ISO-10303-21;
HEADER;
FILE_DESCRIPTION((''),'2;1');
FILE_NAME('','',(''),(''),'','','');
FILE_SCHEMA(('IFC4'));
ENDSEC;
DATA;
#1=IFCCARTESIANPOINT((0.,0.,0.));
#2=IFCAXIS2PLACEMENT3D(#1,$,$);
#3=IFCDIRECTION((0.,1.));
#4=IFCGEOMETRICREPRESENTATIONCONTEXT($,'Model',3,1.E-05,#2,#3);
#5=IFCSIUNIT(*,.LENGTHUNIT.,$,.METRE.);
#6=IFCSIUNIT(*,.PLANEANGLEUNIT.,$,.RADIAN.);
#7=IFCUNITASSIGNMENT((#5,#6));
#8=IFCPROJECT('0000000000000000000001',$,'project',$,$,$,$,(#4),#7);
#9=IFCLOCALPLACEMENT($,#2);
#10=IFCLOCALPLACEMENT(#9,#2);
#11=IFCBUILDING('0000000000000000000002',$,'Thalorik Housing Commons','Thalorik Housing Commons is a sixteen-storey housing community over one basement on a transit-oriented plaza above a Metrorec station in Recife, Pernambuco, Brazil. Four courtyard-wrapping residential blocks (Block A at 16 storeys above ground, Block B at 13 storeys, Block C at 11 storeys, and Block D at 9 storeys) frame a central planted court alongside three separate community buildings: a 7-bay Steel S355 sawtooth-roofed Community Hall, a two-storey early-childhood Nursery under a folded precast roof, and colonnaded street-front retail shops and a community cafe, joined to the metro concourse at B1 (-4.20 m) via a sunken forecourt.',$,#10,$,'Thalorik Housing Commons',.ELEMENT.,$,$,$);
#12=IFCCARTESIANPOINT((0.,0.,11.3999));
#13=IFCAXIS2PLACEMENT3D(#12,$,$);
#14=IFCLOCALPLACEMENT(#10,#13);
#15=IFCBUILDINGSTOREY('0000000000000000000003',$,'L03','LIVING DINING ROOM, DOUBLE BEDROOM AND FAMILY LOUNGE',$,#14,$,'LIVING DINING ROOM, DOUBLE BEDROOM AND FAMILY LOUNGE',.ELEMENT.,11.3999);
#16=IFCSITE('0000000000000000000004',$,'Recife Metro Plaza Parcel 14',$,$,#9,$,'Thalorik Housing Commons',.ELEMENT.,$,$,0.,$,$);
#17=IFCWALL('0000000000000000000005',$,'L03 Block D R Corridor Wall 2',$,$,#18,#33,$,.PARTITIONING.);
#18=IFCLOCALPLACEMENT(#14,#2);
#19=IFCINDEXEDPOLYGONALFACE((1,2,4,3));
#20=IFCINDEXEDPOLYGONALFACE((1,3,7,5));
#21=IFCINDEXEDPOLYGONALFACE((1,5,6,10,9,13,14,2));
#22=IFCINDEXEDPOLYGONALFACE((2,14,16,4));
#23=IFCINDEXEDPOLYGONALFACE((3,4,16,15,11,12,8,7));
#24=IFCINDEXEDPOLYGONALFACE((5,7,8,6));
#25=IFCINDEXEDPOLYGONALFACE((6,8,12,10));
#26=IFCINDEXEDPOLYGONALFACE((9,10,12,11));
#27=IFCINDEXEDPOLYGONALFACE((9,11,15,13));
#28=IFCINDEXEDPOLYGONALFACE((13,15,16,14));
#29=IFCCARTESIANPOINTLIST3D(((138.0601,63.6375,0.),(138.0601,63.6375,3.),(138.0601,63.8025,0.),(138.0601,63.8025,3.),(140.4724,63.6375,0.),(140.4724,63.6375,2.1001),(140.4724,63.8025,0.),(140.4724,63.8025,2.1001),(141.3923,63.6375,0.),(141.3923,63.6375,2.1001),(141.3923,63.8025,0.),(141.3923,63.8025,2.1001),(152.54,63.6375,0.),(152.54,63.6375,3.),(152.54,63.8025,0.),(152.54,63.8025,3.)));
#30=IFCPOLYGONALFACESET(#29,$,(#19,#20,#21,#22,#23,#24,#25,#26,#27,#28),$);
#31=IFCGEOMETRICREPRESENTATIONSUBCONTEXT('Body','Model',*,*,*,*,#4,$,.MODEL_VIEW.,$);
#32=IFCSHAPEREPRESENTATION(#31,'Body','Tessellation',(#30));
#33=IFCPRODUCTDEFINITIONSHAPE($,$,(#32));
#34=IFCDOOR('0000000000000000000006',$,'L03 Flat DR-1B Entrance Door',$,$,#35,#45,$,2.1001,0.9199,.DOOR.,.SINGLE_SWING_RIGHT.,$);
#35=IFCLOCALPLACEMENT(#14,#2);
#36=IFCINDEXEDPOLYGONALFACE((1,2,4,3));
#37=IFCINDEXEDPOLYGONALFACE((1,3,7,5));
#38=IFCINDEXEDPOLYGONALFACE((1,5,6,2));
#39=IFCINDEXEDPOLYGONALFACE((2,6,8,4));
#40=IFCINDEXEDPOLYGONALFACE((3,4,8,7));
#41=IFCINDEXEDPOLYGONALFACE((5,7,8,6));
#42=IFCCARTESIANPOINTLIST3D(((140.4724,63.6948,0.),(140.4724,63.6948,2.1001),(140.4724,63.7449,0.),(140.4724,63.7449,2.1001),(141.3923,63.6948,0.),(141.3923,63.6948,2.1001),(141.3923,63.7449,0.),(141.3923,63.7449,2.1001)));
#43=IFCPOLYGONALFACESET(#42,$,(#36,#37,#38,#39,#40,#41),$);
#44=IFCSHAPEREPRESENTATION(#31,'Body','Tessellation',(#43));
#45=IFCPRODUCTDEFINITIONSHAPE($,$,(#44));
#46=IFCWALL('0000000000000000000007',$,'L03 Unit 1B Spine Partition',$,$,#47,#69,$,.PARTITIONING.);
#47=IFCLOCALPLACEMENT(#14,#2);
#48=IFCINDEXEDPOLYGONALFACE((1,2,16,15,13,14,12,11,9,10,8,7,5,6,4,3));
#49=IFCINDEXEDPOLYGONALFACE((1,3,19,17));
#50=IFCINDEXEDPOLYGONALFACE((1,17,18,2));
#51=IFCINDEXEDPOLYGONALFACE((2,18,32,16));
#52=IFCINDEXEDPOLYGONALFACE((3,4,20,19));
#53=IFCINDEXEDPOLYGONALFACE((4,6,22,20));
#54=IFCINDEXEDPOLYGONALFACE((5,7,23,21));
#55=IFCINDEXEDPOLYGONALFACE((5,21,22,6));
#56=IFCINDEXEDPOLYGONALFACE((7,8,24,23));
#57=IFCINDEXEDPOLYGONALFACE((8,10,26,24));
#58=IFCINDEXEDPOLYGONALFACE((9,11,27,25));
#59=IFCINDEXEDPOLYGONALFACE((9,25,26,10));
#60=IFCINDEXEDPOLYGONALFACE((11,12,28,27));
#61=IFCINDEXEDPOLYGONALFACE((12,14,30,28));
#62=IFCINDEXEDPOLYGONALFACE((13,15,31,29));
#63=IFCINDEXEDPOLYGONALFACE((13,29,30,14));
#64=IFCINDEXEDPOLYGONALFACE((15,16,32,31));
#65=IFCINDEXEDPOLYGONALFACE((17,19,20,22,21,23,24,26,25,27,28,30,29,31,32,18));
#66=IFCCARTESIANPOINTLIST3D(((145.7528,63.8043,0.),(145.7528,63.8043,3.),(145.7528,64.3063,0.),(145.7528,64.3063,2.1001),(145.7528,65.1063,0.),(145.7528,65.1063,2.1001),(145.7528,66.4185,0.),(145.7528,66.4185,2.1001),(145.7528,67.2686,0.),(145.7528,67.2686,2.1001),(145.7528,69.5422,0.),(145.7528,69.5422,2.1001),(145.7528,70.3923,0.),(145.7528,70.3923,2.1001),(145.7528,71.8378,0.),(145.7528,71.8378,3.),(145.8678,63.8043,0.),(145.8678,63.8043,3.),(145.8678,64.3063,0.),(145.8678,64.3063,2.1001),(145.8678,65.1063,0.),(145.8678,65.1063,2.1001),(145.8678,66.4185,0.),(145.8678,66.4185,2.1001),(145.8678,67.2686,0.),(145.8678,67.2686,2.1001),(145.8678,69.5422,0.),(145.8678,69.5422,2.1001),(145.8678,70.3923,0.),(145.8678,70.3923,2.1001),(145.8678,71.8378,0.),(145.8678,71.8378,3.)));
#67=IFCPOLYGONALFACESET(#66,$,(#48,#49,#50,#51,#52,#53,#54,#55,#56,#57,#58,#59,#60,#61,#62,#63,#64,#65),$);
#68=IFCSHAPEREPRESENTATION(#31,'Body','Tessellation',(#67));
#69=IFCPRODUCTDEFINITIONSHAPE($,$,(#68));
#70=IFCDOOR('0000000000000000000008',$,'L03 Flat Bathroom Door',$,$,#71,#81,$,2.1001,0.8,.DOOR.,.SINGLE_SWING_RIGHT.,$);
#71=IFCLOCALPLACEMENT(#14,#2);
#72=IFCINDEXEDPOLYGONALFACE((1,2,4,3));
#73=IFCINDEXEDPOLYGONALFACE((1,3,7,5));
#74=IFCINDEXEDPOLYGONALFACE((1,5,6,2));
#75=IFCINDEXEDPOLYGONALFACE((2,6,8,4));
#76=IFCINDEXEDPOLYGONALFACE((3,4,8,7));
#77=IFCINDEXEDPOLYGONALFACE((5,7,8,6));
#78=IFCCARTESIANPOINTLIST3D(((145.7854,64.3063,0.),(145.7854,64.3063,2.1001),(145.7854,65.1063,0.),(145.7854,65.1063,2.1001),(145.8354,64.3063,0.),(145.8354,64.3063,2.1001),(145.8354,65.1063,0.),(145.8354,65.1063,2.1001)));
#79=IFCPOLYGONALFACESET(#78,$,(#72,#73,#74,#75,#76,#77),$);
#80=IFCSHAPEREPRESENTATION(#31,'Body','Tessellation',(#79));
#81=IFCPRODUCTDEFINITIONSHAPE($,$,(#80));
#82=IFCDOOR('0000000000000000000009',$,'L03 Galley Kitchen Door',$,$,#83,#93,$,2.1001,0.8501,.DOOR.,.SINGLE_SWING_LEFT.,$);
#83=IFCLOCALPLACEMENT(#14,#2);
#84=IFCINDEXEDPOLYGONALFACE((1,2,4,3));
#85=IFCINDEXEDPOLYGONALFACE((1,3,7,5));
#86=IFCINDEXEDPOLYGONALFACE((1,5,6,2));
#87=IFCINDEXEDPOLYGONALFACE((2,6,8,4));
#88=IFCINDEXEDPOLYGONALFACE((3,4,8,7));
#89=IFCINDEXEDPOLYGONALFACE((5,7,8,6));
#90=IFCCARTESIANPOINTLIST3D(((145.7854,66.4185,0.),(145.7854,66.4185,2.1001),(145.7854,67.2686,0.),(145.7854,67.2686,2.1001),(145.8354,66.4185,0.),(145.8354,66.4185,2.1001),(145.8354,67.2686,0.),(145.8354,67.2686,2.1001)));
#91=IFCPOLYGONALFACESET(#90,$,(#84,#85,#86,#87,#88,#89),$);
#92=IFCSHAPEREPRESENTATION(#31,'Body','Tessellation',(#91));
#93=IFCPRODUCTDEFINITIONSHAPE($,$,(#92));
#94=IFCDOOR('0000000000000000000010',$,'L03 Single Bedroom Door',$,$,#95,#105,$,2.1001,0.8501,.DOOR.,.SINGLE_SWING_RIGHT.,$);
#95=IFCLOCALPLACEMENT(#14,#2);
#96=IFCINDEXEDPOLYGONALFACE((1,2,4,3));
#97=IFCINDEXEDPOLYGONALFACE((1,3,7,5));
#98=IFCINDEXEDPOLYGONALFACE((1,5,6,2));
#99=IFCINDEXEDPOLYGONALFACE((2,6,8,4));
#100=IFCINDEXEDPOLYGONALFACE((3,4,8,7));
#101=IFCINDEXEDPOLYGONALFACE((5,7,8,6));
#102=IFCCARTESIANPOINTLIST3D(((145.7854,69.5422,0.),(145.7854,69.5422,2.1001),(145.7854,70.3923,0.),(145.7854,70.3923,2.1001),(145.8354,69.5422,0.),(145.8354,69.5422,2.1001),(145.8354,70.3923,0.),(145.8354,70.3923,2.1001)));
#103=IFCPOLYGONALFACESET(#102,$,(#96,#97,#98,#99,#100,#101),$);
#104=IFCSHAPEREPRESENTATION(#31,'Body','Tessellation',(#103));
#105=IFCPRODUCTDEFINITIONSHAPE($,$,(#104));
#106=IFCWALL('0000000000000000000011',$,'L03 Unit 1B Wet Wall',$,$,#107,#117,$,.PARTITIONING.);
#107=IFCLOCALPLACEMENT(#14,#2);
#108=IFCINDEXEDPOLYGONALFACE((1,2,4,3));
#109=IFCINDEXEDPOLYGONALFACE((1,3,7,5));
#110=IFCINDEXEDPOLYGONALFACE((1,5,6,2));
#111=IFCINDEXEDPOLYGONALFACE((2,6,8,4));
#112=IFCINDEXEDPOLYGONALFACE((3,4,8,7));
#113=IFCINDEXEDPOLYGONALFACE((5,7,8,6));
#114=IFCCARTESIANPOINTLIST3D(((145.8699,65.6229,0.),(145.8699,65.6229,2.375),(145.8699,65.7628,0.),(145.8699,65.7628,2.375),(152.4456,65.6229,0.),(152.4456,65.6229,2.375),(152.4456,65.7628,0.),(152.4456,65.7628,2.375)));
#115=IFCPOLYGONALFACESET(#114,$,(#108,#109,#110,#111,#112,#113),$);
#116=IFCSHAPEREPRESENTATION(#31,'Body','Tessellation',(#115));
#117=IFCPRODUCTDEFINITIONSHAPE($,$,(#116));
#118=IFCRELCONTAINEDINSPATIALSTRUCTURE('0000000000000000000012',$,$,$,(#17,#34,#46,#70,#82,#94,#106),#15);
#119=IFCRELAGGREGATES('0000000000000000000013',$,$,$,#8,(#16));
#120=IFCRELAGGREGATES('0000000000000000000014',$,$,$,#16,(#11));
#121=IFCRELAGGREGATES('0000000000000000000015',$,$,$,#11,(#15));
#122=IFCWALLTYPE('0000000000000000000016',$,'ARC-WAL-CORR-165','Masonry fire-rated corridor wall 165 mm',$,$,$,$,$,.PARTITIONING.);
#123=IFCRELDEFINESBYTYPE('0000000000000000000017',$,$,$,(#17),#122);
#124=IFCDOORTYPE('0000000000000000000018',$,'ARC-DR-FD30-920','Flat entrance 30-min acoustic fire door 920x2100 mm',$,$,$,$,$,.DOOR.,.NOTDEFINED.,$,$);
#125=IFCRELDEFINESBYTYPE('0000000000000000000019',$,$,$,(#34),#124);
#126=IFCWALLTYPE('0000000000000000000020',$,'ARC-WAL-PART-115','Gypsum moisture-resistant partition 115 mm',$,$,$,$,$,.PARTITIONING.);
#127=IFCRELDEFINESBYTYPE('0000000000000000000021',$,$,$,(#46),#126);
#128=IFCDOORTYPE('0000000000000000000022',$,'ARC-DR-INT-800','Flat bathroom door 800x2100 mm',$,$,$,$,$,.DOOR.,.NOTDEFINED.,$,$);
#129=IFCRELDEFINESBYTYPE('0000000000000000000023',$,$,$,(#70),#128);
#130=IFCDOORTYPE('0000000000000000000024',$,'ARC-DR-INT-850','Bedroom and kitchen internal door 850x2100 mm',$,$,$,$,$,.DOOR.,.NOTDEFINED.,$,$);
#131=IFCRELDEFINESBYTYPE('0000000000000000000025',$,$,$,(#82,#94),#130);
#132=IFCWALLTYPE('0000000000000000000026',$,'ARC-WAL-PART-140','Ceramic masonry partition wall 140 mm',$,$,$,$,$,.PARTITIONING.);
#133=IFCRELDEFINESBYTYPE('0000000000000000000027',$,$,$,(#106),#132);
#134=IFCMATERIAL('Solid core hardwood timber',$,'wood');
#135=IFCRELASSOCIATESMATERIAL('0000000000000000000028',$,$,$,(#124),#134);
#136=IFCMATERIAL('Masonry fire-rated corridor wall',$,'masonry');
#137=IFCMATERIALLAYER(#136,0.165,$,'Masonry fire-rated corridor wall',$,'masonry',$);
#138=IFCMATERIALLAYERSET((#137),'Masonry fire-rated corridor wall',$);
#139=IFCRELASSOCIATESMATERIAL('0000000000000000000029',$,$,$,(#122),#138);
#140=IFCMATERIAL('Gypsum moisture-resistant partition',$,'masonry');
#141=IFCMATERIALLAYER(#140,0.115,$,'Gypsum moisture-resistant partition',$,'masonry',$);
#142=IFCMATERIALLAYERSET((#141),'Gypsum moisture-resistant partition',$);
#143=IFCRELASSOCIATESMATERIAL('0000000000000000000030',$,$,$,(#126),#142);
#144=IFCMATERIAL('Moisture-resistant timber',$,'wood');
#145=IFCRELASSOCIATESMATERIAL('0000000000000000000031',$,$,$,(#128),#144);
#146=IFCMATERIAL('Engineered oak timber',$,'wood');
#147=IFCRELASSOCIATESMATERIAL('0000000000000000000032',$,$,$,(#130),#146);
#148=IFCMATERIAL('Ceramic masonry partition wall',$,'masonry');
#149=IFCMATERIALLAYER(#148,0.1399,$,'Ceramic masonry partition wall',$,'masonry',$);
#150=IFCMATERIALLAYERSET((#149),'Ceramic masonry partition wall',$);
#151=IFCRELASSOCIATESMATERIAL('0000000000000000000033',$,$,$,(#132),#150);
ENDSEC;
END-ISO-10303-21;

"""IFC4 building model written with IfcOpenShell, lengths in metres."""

from ifc_helpers import new_model, si_unit, direction, frame, frame_2d, origin, place, context, subcontext, project, spatial, rectangle, extrude, material, layer, layer_set, type_object, element, fill, save


model = new_model("IFC4")

# Units and contexts
model_context = context("Model", 3, precision=1e-05, world=origin(), true_north=direction((0.0, 1.0)))
body_context = subcontext(model_context, "Body", "Model", "MODEL_VIEW")
ifc_project = project(units=[si_unit("LENGTHUNIT", "METRE"), si_unit("PLANEANGLEUNIT", "RADIAN")], contexts=[model_context])

# Site, building, storey
site_placement = place(None, origin())
site = spatial("IfcSite", under=ifc_project, at=site_placement, Name="Recife Metro Plaza Parcel 14", LongName="Thalorik Housing Commons", CompositionType="ELEMENT", RefElevation=0.0)
building_placement = place(site_placement, origin())
building = spatial("IfcBuilding", under=site, at=building_placement, Name="Thalorik Housing Commons", Description="Thalorik Housing Commons is a sixteen-storey housing community over one basement on a transit-oriented plaza above a Metrorec station in Recife, Pernambuco, Brazil. Four courtyard-wrapping residential blocks (Block A at 16 storeys above ground, Block B at 13 storeys, Block C at 11 storeys, and Block D at 9 storeys) frame a central planted court alongside three separate community buildings: a 7-bay Steel S355 sawtooth-roofed Community Hall, a two-storey early-childhood Nursery under a folded precast roof, and colonnaded street-front retail shops and a community cafe, joined to the metro concourse at B1 (-4.20 m) via a sunken forecourt.", LongName="Thalorik Housing Commons", CompositionType="ELEMENT")
storey_placement = place(building_placement, frame((0.0, 0.0, 11.3999)))
storey = spatial("IfcBuildingStorey", under=building, at=storey_placement, Name="L03", Description="LIVING DINING ROOM, DOUBLE BEDROOM AND FAMILY LOUNGE", LongName="LIVING DINING ROOM, DOUBLE BEDROOM AND FAMILY LOUNGE", CompositionType="ELEMENT", Elevation=11.3999)

# Wall, opening, door
ifc_material_1 = material(Name="Masonry fire-rated corridor wall", Category="masonry")
ifc_material_2 = material(Name="Solid core hardwood timber", Category="wood")
door_type_1 = type_object("IfcDoorType", Name="ARC-DR-FD30-920", Description="Flat entrance 30-min acoustic fire door 920x2100 mm", OperationType="NOTDEFINED", PredefinedType="DOOR", material=ifc_material_2)
ifc_layer_1 = layer(ifc_material_1, 0.165, Name="Masonry fire-rated corridor wall", Category="masonry")
ifc_layer_set_1 = layer_set([ifc_layer_1], Name="Masonry fire-rated corridor wall")
wall_type_1 = type_object("IfcWallType", Name="ARC-WAL-CORR-165", Description="Masonry fire-rated corridor wall 165 mm", PredefinedType="PARTITIONING", material=ifc_layer_set_1)
wall_1_placement = place(storey_placement, frame((138.0601, 63.72, 0.0), z_axis=(0.0, 0.0, 1.0), x_axis=(1.0, 0.0, 0.0)))
wall_1 = element("IfcWall", 1, at=wall_1_placement, inside=storey, type_object=wall_type_1, Name="L03 Block D R Corridor Wall 2", PredefinedType="PARTITIONING", context=body_context, shape_type="SweptSolid", body=[
    extrude(rectangle(XDim=14.48, YDim=0.165, at=frame_2d((7.24, 0.0))), origin(), (0.0, 0.0, 1.0), 3.0),
])
opening_1_placement = place(wall_1_placement, frame((2.4124, 0.0, 0.0)))
opening_1 = element("IfcOpeningElement", 2, at=opening_1_placement, cuts=wall_1, PredefinedType="OPENING", context=body_context, shape_type="SweptSolid", body=[
    extrude(rectangle(XDim=0.9199, YDim=2.1001, at=frame_2d((0.46, 1.05))), frame((0.0, 0.0925, 0.0), z_axis=(0.0, -1.0, 0.0), x_axis=(1.0, 0.0, 0.0)), (0.0, 0.0, 1.0), 0.1851),
])
door_1_placement = place(opening_1_placement, origin())
door_1 = element("IfcDoor", 3, at=door_1_placement, inside=storey, type_object=door_type_1, Name="L03 Flat DR-1B Entrance Door", OperationType="SINGLE_SWING_RIGHT", OverallHeight=2.1001, OverallWidth=0.9199, PredefinedType="DOOR", context=body_context, shape_type="SweptSolid", body=[
    extrude(rectangle(XDim=0.9199, YDim=2.1001, at=frame_2d((0.46, 1.05))), frame((0.0, 0.0249, 0.0), z_axis=(0.0, -1.0, 0.0), x_axis=(1.0, 0.0, 0.0)), (0.0, 0.0, 1.0), 0.05),
])
fill(opening_1, door_1)

# Wall, openings, doors
ifc_material_3 = material(Name="Gypsum moisture-resistant partition", Category="masonry")
ifc_layer_2 = layer(ifc_material_3, 0.115, Name="Gypsum moisture-resistant partition", Category="masonry")
ifc_layer_set_2 = layer_set([ifc_layer_2], Name="Gypsum moisture-resistant partition")
wall_type_2 = type_object("IfcWallType", Name="ARC-WAL-PART-115", Description="Gypsum moisture-resistant partition 115 mm", PredefinedType="PARTITIONING", material=ifc_layer_set_2)
wall_2_placement = place(storey_placement, frame((145.8103, 63.8044, 0.0), z_axis=(0.0, 0.0, 1.0), x_axis=(0.0, 1.0, 0.0)))
wall_2 = element("IfcWall", 4, at=wall_2_placement, inside=storey, type_object=wall_type_2, Name="L03 Unit 1B Spine Partition", PredefinedType="PARTITIONING", context=body_context, shape_type="SweptSolid", body=[
    extrude(rectangle(XDim=8.0334, YDim=0.115, at=frame_2d((4.0166, 0.0))), origin(), (0.0, 0.0, 1.0), 3.0),
])
opening_2_placement = place(wall_2_placement, frame((0.502, 0.0, 0.0)))
opening_2 = element("IfcOpeningElement", 5, at=opening_2_placement, cuts=wall_2, PredefinedType="OPENING", context=body_context, shape_type="SweptSolid", body=[
    extrude(rectangle(XDim=0.8, YDim=2.1001, at=frame_2d((0.3999, 1.05))), frame((0.0, 0.0674, 0.0), z_axis=(0.0, -1.0, 0.0), x_axis=(1.0, 0.0, 0.0)), (0.0, 0.0, 1.0), 0.135),
])
opening_3_placement = place(wall_2_placement, frame((2.614, 0.0, 0.0)))
opening_3 = element("IfcOpeningElement", 6, at=opening_3_placement, cuts=wall_2, PredefinedType="OPENING", context=body_context, shape_type="SweptSolid", body=[
    extrude(rectangle(XDim=0.8501, YDim=2.1001, at=frame_2d((0.425, 1.05))), frame((0.0, 0.0674, 0.0), z_axis=(0.0, -1.0, 0.0), x_axis=(1.0, 0.0, 0.0)), (0.0, 0.0, 1.0), 0.135),
])
opening_4_placement = place(wall_2_placement, frame((5.7378, 0.0, 0.0)))
opening_4 = element("IfcOpeningElement", 7, at=opening_4_placement, cuts=wall_2, PredefinedType="OPENING", context=body_context, shape_type="SweptSolid", body=[
    extrude(rectangle(XDim=0.8501, YDim=2.1001, at=frame_2d((0.425, 1.05))), frame((0.0, 0.0674, 0.0), z_axis=(0.0, -1.0, 0.0), x_axis=(1.0, 0.0, 0.0)), (0.0, 0.0, 1.0), 0.135),
])
ifc_material_4 = material(Name="Moisture-resistant timber", Category="wood")
door_type_2 = type_object("IfcDoorType", Name="ARC-DR-INT-800", Description="Flat bathroom door 800x2100 mm", OperationType="NOTDEFINED", PredefinedType="DOOR", material=ifc_material_4)
door_2_placement = place(opening_2_placement, origin())
door_2 = element("IfcDoor", 8, at=door_2_placement, inside=storey, type_object=door_type_2, Name="L03 Flat Bathroom Door", OperationType="SINGLE_SWING_RIGHT", OverallHeight=2.1001, OverallWidth=0.8, PredefinedType="DOOR", context=body_context, shape_type="SweptSolid", body=[
    extrude(rectangle(XDim=0.8, YDim=2.1001, at=frame_2d((0.3999, 1.05))), frame((0.0, 0.0249, 0.0), z_axis=(0.0, -1.0, 0.0), x_axis=(1.0, 0.0, 0.0)), (0.0, 0.0, 1.0), 0.05),
])
fill(opening_2, door_2)
ifc_material_5 = material(Name="Engineered oak timber", Category="wood")
door_type_3 = type_object("IfcDoorType", Name="ARC-DR-INT-850", Description="Bedroom and kitchen internal door 850x2100 mm", OperationType="NOTDEFINED", PredefinedType="DOOR", material=ifc_material_5)
door_3_placement = place(opening_3_placement, origin())
door_3 = element("IfcDoor", 9, at=door_3_placement, inside=storey, type_object=door_type_3, Name="L03 Galley Kitchen Door", OperationType="SINGLE_SWING_LEFT", OverallHeight=2.1001, OverallWidth=0.8501, PredefinedType="DOOR", context=body_context, shape_type="SweptSolid", body=[
    extrude(rectangle(XDim=0.8501, YDim=2.1001, at=frame_2d((0.425, 1.05))), frame((0.0, 0.0249, 0.0), z_axis=(0.0, -1.0, 0.0), x_axis=(1.0, 0.0, 0.0)), (0.0, 0.0, 1.0), 0.05),
])
fill(opening_3, door_3)
door_4_placement = place(opening_4_placement, origin())
door_4 = element("IfcDoor", 10, at=door_4_placement, inside=storey, type_object=door_type_3, Name="L03 Single Bedroom Door", OperationType="SINGLE_SWING_RIGHT", OverallHeight=2.1001, OverallWidth=0.8501, PredefinedType="DOOR", context=body_context, shape_type="SweptSolid", body=[
    extrude(rectangle(XDim=0.8501, YDim=2.1001, at=frame_2d((0.425, 1.05))), frame((0.0, 0.0249, 0.0), z_axis=(0.0, -1.0, 0.0), x_axis=(1.0, 0.0, 0.0)), (0.0, 0.0, 1.0), 0.05),
])
fill(opening_4, door_4)

# Wall
ifc_material_6 = material(Name="Ceramic masonry partition wall", Category="masonry")
ifc_layer_3 = layer(ifc_material_6, 0.1399, Name="Ceramic masonry partition wall", Category="masonry")
ifc_layer_set_3 = layer_set([ifc_layer_3], Name="Ceramic masonry partition wall")
wall_type_3 = type_object("IfcWallType", Name="ARC-WAL-PART-140", Description="Ceramic masonry partition wall 140 mm", PredefinedType="PARTITIONING", material=ifc_layer_set_3)
wall_3_placement = place(storey_placement, frame((145.8699, 65.6929, 0.0), z_axis=(0.0, 0.0, 1.0), x_axis=(1.0, 0.0, 0.0)))
element("IfcWall", 11, at=wall_3_placement, inside=storey, type_object=wall_type_3, Name="L03 Unit 1B Wet Wall", PredefinedType="PARTITIONING", context=body_context, shape_type="SweptSolid", body=[
    extrude(rectangle(XDim=6.5757, YDim=0.1399, at=frame_2d((3.2878, 0.0))), origin(), (0.0, 0.0, 1.0), 2.375),
])

save(model, "model.ifc")
